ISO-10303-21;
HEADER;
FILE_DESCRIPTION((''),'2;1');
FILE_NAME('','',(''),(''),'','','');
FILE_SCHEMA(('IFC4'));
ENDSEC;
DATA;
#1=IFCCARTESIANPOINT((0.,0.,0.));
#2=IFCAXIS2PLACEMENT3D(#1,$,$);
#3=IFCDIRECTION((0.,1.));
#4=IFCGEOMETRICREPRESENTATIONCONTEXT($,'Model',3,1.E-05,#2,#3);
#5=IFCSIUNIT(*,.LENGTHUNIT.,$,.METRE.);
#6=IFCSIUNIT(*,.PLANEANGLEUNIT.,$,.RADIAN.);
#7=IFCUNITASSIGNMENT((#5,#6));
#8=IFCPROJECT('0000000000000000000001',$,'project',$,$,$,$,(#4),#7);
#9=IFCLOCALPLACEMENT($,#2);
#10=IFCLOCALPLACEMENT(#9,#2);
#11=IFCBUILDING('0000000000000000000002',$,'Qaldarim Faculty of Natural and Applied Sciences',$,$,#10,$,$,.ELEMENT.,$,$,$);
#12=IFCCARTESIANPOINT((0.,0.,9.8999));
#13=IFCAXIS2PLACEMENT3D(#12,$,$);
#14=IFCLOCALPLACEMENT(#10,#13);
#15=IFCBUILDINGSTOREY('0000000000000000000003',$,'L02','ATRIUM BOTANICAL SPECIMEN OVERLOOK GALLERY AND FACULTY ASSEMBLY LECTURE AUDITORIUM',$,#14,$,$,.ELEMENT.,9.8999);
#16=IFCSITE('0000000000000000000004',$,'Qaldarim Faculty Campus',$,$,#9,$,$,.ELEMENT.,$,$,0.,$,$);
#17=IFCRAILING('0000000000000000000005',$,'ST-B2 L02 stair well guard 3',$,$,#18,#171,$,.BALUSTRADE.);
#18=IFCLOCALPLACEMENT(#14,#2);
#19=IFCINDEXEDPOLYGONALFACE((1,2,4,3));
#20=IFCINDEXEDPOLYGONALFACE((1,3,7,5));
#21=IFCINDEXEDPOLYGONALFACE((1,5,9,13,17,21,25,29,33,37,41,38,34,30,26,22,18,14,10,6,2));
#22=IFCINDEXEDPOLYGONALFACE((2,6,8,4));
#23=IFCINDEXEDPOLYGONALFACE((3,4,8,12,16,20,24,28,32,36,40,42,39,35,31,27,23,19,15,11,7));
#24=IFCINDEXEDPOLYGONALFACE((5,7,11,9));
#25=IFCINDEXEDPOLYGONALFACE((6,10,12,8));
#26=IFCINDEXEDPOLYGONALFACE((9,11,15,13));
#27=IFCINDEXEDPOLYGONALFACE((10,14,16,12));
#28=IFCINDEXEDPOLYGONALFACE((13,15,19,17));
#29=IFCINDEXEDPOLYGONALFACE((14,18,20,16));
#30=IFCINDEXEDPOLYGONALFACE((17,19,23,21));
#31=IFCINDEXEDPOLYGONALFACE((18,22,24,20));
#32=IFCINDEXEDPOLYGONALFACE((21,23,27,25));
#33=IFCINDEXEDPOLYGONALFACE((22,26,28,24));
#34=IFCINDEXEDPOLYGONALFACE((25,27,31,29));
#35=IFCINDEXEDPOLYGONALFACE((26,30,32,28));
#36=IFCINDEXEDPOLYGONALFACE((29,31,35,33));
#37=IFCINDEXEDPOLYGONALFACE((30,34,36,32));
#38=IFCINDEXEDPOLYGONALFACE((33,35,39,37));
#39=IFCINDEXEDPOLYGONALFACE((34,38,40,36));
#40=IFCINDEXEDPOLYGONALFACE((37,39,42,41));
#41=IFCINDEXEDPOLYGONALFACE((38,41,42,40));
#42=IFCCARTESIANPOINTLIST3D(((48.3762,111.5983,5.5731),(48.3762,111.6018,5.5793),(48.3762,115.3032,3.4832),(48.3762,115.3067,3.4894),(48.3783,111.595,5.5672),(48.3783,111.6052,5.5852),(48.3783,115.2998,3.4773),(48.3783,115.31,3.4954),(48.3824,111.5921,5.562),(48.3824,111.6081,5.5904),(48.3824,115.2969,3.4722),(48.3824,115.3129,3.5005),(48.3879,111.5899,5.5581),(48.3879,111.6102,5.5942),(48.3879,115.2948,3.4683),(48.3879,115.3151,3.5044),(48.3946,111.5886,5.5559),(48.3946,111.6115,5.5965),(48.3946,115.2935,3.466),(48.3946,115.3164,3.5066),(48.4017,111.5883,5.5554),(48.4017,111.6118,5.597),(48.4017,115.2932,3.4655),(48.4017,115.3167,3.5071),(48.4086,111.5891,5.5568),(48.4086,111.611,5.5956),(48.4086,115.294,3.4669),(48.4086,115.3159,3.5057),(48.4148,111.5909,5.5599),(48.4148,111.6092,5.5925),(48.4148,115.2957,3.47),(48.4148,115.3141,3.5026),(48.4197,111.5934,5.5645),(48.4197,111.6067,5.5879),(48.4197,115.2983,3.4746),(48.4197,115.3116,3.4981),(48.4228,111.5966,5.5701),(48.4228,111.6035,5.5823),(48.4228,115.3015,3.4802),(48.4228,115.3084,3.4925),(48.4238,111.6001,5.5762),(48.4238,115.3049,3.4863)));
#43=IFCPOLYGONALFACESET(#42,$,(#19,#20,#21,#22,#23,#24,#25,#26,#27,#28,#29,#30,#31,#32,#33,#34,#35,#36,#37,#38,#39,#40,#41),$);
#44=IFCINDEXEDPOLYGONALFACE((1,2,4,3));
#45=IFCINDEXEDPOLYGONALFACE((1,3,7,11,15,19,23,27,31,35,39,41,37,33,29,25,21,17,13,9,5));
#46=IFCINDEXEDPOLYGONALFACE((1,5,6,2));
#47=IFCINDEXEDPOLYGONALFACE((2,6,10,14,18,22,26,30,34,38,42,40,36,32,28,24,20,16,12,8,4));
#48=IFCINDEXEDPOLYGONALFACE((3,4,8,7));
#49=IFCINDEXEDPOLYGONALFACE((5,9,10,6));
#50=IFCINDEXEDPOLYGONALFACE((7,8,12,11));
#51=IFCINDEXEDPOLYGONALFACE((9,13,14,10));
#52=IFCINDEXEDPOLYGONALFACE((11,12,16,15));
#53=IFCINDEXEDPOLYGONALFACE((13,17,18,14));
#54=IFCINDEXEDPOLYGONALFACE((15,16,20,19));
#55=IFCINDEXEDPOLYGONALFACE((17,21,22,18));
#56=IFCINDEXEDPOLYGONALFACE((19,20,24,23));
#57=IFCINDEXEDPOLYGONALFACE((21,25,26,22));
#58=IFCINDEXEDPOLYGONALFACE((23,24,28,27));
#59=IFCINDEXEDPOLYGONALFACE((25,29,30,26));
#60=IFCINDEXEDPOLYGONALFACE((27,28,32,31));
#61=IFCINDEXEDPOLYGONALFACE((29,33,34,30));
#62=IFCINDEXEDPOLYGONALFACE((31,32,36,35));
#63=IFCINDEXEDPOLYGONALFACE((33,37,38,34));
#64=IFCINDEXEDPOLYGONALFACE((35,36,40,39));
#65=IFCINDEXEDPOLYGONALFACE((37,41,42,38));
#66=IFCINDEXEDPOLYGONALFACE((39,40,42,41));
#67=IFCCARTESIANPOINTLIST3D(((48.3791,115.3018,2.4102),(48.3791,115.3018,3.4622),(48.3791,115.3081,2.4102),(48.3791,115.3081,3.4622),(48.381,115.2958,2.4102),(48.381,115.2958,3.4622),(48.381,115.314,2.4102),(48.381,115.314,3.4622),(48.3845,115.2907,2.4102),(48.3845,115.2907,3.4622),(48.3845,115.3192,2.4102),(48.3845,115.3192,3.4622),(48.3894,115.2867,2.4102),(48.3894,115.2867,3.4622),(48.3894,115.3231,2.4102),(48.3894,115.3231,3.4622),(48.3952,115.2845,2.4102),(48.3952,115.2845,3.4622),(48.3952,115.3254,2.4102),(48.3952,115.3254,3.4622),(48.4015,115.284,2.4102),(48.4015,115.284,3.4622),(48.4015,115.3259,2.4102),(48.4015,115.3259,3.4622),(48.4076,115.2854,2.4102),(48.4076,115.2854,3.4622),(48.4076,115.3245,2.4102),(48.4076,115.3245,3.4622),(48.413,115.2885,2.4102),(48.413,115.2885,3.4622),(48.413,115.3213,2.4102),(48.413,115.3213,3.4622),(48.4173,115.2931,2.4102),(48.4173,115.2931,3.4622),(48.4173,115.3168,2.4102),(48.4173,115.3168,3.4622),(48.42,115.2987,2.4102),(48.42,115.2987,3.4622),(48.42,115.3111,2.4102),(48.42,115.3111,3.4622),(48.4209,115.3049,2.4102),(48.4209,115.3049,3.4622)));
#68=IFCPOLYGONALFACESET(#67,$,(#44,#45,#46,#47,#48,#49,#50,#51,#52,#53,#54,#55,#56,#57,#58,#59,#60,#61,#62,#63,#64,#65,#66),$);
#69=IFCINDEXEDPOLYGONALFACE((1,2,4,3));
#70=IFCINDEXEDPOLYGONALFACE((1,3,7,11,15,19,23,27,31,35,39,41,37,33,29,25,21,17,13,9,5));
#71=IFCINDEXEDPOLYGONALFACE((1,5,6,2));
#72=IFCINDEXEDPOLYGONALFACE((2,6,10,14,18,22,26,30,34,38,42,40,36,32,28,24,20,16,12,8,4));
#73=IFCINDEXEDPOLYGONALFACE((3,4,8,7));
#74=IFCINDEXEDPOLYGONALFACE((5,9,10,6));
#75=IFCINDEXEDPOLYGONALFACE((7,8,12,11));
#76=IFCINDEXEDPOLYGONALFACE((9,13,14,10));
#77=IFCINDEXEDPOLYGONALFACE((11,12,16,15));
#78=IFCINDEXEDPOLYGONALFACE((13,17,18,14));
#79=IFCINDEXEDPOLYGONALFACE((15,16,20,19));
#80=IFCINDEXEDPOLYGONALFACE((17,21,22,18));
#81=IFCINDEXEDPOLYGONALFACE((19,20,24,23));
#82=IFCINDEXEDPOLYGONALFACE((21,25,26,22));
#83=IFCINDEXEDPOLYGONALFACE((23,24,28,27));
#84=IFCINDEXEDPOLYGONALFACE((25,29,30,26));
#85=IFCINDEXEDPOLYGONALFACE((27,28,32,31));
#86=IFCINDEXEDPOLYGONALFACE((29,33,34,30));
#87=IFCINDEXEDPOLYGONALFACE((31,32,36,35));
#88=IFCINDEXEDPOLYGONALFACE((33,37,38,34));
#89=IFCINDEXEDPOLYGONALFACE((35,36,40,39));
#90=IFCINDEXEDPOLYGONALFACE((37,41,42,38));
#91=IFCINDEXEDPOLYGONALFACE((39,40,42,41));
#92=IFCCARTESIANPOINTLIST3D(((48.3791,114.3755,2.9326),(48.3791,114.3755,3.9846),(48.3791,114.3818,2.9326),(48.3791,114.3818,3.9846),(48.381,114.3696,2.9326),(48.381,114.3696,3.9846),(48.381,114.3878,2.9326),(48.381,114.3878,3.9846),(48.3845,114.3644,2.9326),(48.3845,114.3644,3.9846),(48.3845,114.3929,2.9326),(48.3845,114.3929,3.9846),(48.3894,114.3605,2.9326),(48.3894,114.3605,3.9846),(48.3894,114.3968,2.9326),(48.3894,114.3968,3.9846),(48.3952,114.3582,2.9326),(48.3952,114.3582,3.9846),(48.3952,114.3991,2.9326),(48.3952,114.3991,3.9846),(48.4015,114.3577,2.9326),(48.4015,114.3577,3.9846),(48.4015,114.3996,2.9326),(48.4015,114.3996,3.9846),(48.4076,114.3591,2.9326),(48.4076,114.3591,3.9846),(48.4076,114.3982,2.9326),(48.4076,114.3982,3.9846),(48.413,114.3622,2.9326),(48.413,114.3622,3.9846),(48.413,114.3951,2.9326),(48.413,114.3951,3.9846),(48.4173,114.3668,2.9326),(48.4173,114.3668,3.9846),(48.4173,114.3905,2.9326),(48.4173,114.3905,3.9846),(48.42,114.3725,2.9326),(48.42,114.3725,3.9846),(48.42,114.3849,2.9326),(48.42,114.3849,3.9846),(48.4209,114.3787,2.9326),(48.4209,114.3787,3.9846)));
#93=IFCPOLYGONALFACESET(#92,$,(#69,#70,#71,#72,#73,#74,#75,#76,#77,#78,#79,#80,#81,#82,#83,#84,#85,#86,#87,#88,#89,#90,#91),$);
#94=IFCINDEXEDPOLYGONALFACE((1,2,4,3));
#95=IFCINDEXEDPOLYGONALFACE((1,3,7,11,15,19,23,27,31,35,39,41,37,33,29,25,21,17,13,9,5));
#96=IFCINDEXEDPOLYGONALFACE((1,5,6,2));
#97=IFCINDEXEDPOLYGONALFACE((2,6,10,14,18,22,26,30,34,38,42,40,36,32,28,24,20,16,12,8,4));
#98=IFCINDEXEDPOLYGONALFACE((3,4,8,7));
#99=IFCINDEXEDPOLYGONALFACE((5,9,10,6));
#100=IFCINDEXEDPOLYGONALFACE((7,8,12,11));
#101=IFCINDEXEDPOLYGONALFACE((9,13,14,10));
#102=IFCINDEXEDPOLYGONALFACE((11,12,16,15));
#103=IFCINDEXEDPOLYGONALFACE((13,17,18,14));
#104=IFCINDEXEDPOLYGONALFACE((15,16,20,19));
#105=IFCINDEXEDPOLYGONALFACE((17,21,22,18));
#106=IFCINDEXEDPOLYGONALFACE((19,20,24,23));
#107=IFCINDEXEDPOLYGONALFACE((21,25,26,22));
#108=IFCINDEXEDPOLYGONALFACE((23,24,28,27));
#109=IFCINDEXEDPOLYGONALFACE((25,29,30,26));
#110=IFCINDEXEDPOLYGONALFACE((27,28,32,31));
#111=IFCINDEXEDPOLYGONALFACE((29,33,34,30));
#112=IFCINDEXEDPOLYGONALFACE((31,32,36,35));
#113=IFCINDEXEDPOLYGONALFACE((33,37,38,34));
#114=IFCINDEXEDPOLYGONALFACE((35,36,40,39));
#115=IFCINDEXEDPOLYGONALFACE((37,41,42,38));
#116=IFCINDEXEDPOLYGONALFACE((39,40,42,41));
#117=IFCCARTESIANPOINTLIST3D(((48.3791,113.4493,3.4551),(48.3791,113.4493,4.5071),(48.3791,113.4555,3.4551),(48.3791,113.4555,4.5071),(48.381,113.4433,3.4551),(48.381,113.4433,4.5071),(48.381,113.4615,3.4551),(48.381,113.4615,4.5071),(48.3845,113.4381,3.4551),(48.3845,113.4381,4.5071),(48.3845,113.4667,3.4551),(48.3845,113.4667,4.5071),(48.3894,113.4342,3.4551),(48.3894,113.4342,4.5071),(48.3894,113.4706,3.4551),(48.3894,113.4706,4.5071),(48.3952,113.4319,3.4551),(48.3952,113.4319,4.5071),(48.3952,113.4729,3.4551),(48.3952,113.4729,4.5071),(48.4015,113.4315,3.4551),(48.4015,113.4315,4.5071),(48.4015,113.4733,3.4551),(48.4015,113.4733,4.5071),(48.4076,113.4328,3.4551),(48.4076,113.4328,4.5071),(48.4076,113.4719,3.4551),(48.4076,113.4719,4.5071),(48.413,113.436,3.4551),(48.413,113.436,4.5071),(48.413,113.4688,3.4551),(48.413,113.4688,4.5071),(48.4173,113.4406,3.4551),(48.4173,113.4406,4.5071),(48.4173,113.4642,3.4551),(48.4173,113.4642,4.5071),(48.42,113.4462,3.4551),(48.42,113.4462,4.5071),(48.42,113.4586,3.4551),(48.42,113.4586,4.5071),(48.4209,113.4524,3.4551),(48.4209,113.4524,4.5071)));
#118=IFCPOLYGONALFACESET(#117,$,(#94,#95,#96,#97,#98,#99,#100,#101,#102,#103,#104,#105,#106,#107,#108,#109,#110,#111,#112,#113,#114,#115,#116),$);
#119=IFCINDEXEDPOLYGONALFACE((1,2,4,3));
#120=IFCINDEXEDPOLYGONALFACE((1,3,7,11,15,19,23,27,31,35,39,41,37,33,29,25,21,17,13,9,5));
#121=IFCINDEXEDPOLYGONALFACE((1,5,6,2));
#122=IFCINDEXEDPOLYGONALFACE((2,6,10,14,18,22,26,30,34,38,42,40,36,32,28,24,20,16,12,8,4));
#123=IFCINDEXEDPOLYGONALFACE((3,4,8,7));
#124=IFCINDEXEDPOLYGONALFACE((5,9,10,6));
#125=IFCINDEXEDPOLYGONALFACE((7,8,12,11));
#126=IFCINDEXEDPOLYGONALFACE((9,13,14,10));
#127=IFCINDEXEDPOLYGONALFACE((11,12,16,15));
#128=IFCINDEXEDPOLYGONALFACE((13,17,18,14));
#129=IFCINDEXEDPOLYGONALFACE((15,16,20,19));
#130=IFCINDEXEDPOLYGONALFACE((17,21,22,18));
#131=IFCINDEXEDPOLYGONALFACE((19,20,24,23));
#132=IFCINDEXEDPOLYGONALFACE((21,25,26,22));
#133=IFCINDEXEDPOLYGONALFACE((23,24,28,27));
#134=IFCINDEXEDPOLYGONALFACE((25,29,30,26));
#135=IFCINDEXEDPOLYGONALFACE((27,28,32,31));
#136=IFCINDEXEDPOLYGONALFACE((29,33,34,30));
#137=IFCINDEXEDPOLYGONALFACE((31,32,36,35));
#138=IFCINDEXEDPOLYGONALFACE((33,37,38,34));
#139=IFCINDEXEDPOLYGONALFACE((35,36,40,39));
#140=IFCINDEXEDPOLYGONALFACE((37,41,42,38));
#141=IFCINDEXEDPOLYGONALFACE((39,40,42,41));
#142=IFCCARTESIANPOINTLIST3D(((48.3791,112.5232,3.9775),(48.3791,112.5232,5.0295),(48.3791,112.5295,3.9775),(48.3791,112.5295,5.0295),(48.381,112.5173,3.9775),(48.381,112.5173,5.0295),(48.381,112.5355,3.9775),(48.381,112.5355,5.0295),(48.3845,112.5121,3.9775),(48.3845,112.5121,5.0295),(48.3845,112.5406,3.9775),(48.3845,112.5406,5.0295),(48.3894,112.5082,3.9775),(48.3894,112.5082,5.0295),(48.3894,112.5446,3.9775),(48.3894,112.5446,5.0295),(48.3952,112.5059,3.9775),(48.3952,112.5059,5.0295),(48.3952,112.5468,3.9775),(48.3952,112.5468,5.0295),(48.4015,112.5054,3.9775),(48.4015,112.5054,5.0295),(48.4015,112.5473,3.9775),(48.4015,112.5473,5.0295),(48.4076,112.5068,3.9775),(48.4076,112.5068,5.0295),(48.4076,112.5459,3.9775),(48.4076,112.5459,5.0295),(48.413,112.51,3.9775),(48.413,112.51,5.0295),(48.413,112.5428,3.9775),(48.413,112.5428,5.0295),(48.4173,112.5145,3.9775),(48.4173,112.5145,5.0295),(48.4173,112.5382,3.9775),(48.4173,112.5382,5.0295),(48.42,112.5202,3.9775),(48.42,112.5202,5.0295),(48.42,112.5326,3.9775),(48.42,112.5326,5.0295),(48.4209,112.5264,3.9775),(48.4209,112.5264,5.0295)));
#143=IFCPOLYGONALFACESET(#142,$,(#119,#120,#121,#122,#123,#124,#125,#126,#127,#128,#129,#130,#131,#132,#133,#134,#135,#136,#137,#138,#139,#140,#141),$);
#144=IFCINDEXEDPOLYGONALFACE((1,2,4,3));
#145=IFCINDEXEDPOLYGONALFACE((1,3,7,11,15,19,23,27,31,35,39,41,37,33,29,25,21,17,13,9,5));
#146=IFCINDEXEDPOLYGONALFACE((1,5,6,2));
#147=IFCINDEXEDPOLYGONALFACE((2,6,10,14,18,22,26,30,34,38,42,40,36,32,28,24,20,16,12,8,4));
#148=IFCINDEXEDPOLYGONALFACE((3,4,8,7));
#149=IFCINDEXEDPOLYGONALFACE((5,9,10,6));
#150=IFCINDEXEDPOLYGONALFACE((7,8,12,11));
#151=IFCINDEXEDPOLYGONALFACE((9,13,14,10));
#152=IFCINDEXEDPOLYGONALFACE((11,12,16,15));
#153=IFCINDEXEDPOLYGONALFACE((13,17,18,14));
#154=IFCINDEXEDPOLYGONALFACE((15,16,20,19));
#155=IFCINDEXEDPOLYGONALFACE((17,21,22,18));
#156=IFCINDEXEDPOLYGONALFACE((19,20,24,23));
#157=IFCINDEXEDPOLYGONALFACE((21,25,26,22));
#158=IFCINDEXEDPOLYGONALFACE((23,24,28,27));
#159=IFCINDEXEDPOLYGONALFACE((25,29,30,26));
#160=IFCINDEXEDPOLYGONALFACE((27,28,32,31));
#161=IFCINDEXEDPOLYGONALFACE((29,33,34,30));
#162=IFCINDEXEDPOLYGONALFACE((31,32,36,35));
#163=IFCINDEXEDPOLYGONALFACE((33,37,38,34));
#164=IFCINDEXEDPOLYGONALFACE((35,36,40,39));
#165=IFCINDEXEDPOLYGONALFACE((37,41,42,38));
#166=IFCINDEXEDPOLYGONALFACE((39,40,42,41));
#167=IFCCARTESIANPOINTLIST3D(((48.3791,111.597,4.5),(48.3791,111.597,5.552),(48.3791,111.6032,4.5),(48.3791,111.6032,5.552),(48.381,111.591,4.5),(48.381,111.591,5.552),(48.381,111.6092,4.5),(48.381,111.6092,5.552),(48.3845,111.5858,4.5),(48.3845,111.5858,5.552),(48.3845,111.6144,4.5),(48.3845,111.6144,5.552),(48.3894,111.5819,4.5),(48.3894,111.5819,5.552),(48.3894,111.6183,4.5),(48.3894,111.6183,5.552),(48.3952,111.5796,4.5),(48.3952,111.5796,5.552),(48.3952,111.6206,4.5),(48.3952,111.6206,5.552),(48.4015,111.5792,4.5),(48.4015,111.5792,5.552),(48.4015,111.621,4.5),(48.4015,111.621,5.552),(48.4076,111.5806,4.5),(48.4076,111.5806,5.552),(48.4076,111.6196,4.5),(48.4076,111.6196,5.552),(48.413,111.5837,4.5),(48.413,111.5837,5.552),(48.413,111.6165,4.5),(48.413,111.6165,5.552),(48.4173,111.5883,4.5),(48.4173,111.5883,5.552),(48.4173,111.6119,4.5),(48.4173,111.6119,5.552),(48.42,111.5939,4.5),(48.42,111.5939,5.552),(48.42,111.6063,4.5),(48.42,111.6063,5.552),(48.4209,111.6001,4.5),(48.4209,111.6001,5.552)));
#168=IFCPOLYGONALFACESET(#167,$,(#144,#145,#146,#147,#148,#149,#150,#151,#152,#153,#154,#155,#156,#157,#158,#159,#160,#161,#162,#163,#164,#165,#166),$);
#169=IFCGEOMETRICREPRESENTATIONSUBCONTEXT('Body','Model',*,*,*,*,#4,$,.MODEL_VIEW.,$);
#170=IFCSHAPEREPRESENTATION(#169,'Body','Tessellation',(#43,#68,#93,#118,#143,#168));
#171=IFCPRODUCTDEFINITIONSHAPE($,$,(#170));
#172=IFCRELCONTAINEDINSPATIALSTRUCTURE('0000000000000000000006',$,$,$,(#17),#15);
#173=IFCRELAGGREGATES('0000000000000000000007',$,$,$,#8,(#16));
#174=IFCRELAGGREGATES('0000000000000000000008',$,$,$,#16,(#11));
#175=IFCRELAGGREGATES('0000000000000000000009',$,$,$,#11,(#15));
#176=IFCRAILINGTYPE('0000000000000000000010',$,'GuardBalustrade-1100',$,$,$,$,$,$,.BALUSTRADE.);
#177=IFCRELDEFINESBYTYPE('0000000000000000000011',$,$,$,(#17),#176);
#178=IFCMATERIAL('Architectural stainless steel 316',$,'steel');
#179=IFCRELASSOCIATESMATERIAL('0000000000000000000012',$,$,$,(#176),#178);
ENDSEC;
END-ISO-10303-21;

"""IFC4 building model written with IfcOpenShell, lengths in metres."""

from ifc_helpers import new_model, si_unit, direction, frame, origin, origin_2d, place, context, subcontext, project, spatial, circle, extrude, material, type_object, element, save


model = new_model("IFC4")

# Units and contexts
model_context = context("Model", 3, precision=1e-05, world=origin(), true_north=direction((0.0, 1.0)))
body_context = subcontext(model_context, "Body", "Model", "MODEL_VIEW")
ifc_project = project(units=[si_unit("LENGTHUNIT", "METRE"), si_unit("PLANEANGLEUNIT", "RADIAN")], contexts=[model_context])

# Site, building, storey
site_placement = place(None, origin())
site = spatial("IfcSite", under=ifc_project, at=site_placement, Name="Qaldarim Faculty Campus", CompositionType="ELEMENT", RefElevation=0.0)
building_placement = place(site_placement, origin())
building = spatial("IfcBuilding", under=site, at=building_placement, Name="Qaldarim Faculty of Natural and Applied Sciences", CompositionType="ELEMENT")
storey_placement = place(building_placement, frame((0.0, 0.0, 9.8999)))
storey = spatial("IfcBuildingStorey", under=building, at=storey_placement, Name="L02", Description="ATRIUM BOTANICAL SPECIMEN OVERLOOK GALLERY AND FACULTY ASSEMBLY LECTURE AUDITORIUM", CompositionType="ELEMENT", Elevation=9.8999)

# Shared definitions
ifc_material_1 = material(Name="Architectural stainless steel 316", Category="steel")

# Railing
railing_type_1 = type_object("IfcRailingType", Name="GuardBalustrade-1100", PredefinedType="BALUSTRADE", material=ifc_material_1)
railing_1_placement = place(storey_placement, frame((48.3999, 115.3049, 2.4102)))
element("IfcRailing", 1, at=railing_1_placement, inside=storey, type_object=railing_type_1, Name="ST-B2 L02 stair well guard 3", PredefinedType="BALUSTRADE", context=body_context, shape_type="SweptSolid", body=[
    extrude(circle(Radius=0.0239, at=origin_2d()), frame((0.0, 0.0, 1.0762), z_axis=(0.0, -0.870985, 0.49131), x_axis=(1.0, 0.0, 0.0)), (0.0, 0.0, 1.0), 4.2537),
    extrude(circle(Radius=0.021, at=origin_2d()), origin(), (0.0, 0.0, 1.0), 1.052),
    extrude(circle(Radius=0.021, at=origin_2d()), frame((0.0, -0.9263, 0.5225)), (0.0, 0.0, 1.0), 1.052),
    extrude(circle(Radius=0.021, at=origin_2d()), frame((0.0, -1.8525, 1.0449)), (0.0, 0.0, 1.0), 1.052),
    extrude(circle(Radius=0.021, at=origin_2d()), frame((0.0, -2.7786, 1.5674)), (0.0, 0.0, 1.0), 1.052),
    extrude(circle(Radius=0.021, at=origin_2d()), frame((0.0, -3.7048, 2.0898)), (0.0, 0.0, 1.0), 1.052),
])

save(model, "model.ifc")
